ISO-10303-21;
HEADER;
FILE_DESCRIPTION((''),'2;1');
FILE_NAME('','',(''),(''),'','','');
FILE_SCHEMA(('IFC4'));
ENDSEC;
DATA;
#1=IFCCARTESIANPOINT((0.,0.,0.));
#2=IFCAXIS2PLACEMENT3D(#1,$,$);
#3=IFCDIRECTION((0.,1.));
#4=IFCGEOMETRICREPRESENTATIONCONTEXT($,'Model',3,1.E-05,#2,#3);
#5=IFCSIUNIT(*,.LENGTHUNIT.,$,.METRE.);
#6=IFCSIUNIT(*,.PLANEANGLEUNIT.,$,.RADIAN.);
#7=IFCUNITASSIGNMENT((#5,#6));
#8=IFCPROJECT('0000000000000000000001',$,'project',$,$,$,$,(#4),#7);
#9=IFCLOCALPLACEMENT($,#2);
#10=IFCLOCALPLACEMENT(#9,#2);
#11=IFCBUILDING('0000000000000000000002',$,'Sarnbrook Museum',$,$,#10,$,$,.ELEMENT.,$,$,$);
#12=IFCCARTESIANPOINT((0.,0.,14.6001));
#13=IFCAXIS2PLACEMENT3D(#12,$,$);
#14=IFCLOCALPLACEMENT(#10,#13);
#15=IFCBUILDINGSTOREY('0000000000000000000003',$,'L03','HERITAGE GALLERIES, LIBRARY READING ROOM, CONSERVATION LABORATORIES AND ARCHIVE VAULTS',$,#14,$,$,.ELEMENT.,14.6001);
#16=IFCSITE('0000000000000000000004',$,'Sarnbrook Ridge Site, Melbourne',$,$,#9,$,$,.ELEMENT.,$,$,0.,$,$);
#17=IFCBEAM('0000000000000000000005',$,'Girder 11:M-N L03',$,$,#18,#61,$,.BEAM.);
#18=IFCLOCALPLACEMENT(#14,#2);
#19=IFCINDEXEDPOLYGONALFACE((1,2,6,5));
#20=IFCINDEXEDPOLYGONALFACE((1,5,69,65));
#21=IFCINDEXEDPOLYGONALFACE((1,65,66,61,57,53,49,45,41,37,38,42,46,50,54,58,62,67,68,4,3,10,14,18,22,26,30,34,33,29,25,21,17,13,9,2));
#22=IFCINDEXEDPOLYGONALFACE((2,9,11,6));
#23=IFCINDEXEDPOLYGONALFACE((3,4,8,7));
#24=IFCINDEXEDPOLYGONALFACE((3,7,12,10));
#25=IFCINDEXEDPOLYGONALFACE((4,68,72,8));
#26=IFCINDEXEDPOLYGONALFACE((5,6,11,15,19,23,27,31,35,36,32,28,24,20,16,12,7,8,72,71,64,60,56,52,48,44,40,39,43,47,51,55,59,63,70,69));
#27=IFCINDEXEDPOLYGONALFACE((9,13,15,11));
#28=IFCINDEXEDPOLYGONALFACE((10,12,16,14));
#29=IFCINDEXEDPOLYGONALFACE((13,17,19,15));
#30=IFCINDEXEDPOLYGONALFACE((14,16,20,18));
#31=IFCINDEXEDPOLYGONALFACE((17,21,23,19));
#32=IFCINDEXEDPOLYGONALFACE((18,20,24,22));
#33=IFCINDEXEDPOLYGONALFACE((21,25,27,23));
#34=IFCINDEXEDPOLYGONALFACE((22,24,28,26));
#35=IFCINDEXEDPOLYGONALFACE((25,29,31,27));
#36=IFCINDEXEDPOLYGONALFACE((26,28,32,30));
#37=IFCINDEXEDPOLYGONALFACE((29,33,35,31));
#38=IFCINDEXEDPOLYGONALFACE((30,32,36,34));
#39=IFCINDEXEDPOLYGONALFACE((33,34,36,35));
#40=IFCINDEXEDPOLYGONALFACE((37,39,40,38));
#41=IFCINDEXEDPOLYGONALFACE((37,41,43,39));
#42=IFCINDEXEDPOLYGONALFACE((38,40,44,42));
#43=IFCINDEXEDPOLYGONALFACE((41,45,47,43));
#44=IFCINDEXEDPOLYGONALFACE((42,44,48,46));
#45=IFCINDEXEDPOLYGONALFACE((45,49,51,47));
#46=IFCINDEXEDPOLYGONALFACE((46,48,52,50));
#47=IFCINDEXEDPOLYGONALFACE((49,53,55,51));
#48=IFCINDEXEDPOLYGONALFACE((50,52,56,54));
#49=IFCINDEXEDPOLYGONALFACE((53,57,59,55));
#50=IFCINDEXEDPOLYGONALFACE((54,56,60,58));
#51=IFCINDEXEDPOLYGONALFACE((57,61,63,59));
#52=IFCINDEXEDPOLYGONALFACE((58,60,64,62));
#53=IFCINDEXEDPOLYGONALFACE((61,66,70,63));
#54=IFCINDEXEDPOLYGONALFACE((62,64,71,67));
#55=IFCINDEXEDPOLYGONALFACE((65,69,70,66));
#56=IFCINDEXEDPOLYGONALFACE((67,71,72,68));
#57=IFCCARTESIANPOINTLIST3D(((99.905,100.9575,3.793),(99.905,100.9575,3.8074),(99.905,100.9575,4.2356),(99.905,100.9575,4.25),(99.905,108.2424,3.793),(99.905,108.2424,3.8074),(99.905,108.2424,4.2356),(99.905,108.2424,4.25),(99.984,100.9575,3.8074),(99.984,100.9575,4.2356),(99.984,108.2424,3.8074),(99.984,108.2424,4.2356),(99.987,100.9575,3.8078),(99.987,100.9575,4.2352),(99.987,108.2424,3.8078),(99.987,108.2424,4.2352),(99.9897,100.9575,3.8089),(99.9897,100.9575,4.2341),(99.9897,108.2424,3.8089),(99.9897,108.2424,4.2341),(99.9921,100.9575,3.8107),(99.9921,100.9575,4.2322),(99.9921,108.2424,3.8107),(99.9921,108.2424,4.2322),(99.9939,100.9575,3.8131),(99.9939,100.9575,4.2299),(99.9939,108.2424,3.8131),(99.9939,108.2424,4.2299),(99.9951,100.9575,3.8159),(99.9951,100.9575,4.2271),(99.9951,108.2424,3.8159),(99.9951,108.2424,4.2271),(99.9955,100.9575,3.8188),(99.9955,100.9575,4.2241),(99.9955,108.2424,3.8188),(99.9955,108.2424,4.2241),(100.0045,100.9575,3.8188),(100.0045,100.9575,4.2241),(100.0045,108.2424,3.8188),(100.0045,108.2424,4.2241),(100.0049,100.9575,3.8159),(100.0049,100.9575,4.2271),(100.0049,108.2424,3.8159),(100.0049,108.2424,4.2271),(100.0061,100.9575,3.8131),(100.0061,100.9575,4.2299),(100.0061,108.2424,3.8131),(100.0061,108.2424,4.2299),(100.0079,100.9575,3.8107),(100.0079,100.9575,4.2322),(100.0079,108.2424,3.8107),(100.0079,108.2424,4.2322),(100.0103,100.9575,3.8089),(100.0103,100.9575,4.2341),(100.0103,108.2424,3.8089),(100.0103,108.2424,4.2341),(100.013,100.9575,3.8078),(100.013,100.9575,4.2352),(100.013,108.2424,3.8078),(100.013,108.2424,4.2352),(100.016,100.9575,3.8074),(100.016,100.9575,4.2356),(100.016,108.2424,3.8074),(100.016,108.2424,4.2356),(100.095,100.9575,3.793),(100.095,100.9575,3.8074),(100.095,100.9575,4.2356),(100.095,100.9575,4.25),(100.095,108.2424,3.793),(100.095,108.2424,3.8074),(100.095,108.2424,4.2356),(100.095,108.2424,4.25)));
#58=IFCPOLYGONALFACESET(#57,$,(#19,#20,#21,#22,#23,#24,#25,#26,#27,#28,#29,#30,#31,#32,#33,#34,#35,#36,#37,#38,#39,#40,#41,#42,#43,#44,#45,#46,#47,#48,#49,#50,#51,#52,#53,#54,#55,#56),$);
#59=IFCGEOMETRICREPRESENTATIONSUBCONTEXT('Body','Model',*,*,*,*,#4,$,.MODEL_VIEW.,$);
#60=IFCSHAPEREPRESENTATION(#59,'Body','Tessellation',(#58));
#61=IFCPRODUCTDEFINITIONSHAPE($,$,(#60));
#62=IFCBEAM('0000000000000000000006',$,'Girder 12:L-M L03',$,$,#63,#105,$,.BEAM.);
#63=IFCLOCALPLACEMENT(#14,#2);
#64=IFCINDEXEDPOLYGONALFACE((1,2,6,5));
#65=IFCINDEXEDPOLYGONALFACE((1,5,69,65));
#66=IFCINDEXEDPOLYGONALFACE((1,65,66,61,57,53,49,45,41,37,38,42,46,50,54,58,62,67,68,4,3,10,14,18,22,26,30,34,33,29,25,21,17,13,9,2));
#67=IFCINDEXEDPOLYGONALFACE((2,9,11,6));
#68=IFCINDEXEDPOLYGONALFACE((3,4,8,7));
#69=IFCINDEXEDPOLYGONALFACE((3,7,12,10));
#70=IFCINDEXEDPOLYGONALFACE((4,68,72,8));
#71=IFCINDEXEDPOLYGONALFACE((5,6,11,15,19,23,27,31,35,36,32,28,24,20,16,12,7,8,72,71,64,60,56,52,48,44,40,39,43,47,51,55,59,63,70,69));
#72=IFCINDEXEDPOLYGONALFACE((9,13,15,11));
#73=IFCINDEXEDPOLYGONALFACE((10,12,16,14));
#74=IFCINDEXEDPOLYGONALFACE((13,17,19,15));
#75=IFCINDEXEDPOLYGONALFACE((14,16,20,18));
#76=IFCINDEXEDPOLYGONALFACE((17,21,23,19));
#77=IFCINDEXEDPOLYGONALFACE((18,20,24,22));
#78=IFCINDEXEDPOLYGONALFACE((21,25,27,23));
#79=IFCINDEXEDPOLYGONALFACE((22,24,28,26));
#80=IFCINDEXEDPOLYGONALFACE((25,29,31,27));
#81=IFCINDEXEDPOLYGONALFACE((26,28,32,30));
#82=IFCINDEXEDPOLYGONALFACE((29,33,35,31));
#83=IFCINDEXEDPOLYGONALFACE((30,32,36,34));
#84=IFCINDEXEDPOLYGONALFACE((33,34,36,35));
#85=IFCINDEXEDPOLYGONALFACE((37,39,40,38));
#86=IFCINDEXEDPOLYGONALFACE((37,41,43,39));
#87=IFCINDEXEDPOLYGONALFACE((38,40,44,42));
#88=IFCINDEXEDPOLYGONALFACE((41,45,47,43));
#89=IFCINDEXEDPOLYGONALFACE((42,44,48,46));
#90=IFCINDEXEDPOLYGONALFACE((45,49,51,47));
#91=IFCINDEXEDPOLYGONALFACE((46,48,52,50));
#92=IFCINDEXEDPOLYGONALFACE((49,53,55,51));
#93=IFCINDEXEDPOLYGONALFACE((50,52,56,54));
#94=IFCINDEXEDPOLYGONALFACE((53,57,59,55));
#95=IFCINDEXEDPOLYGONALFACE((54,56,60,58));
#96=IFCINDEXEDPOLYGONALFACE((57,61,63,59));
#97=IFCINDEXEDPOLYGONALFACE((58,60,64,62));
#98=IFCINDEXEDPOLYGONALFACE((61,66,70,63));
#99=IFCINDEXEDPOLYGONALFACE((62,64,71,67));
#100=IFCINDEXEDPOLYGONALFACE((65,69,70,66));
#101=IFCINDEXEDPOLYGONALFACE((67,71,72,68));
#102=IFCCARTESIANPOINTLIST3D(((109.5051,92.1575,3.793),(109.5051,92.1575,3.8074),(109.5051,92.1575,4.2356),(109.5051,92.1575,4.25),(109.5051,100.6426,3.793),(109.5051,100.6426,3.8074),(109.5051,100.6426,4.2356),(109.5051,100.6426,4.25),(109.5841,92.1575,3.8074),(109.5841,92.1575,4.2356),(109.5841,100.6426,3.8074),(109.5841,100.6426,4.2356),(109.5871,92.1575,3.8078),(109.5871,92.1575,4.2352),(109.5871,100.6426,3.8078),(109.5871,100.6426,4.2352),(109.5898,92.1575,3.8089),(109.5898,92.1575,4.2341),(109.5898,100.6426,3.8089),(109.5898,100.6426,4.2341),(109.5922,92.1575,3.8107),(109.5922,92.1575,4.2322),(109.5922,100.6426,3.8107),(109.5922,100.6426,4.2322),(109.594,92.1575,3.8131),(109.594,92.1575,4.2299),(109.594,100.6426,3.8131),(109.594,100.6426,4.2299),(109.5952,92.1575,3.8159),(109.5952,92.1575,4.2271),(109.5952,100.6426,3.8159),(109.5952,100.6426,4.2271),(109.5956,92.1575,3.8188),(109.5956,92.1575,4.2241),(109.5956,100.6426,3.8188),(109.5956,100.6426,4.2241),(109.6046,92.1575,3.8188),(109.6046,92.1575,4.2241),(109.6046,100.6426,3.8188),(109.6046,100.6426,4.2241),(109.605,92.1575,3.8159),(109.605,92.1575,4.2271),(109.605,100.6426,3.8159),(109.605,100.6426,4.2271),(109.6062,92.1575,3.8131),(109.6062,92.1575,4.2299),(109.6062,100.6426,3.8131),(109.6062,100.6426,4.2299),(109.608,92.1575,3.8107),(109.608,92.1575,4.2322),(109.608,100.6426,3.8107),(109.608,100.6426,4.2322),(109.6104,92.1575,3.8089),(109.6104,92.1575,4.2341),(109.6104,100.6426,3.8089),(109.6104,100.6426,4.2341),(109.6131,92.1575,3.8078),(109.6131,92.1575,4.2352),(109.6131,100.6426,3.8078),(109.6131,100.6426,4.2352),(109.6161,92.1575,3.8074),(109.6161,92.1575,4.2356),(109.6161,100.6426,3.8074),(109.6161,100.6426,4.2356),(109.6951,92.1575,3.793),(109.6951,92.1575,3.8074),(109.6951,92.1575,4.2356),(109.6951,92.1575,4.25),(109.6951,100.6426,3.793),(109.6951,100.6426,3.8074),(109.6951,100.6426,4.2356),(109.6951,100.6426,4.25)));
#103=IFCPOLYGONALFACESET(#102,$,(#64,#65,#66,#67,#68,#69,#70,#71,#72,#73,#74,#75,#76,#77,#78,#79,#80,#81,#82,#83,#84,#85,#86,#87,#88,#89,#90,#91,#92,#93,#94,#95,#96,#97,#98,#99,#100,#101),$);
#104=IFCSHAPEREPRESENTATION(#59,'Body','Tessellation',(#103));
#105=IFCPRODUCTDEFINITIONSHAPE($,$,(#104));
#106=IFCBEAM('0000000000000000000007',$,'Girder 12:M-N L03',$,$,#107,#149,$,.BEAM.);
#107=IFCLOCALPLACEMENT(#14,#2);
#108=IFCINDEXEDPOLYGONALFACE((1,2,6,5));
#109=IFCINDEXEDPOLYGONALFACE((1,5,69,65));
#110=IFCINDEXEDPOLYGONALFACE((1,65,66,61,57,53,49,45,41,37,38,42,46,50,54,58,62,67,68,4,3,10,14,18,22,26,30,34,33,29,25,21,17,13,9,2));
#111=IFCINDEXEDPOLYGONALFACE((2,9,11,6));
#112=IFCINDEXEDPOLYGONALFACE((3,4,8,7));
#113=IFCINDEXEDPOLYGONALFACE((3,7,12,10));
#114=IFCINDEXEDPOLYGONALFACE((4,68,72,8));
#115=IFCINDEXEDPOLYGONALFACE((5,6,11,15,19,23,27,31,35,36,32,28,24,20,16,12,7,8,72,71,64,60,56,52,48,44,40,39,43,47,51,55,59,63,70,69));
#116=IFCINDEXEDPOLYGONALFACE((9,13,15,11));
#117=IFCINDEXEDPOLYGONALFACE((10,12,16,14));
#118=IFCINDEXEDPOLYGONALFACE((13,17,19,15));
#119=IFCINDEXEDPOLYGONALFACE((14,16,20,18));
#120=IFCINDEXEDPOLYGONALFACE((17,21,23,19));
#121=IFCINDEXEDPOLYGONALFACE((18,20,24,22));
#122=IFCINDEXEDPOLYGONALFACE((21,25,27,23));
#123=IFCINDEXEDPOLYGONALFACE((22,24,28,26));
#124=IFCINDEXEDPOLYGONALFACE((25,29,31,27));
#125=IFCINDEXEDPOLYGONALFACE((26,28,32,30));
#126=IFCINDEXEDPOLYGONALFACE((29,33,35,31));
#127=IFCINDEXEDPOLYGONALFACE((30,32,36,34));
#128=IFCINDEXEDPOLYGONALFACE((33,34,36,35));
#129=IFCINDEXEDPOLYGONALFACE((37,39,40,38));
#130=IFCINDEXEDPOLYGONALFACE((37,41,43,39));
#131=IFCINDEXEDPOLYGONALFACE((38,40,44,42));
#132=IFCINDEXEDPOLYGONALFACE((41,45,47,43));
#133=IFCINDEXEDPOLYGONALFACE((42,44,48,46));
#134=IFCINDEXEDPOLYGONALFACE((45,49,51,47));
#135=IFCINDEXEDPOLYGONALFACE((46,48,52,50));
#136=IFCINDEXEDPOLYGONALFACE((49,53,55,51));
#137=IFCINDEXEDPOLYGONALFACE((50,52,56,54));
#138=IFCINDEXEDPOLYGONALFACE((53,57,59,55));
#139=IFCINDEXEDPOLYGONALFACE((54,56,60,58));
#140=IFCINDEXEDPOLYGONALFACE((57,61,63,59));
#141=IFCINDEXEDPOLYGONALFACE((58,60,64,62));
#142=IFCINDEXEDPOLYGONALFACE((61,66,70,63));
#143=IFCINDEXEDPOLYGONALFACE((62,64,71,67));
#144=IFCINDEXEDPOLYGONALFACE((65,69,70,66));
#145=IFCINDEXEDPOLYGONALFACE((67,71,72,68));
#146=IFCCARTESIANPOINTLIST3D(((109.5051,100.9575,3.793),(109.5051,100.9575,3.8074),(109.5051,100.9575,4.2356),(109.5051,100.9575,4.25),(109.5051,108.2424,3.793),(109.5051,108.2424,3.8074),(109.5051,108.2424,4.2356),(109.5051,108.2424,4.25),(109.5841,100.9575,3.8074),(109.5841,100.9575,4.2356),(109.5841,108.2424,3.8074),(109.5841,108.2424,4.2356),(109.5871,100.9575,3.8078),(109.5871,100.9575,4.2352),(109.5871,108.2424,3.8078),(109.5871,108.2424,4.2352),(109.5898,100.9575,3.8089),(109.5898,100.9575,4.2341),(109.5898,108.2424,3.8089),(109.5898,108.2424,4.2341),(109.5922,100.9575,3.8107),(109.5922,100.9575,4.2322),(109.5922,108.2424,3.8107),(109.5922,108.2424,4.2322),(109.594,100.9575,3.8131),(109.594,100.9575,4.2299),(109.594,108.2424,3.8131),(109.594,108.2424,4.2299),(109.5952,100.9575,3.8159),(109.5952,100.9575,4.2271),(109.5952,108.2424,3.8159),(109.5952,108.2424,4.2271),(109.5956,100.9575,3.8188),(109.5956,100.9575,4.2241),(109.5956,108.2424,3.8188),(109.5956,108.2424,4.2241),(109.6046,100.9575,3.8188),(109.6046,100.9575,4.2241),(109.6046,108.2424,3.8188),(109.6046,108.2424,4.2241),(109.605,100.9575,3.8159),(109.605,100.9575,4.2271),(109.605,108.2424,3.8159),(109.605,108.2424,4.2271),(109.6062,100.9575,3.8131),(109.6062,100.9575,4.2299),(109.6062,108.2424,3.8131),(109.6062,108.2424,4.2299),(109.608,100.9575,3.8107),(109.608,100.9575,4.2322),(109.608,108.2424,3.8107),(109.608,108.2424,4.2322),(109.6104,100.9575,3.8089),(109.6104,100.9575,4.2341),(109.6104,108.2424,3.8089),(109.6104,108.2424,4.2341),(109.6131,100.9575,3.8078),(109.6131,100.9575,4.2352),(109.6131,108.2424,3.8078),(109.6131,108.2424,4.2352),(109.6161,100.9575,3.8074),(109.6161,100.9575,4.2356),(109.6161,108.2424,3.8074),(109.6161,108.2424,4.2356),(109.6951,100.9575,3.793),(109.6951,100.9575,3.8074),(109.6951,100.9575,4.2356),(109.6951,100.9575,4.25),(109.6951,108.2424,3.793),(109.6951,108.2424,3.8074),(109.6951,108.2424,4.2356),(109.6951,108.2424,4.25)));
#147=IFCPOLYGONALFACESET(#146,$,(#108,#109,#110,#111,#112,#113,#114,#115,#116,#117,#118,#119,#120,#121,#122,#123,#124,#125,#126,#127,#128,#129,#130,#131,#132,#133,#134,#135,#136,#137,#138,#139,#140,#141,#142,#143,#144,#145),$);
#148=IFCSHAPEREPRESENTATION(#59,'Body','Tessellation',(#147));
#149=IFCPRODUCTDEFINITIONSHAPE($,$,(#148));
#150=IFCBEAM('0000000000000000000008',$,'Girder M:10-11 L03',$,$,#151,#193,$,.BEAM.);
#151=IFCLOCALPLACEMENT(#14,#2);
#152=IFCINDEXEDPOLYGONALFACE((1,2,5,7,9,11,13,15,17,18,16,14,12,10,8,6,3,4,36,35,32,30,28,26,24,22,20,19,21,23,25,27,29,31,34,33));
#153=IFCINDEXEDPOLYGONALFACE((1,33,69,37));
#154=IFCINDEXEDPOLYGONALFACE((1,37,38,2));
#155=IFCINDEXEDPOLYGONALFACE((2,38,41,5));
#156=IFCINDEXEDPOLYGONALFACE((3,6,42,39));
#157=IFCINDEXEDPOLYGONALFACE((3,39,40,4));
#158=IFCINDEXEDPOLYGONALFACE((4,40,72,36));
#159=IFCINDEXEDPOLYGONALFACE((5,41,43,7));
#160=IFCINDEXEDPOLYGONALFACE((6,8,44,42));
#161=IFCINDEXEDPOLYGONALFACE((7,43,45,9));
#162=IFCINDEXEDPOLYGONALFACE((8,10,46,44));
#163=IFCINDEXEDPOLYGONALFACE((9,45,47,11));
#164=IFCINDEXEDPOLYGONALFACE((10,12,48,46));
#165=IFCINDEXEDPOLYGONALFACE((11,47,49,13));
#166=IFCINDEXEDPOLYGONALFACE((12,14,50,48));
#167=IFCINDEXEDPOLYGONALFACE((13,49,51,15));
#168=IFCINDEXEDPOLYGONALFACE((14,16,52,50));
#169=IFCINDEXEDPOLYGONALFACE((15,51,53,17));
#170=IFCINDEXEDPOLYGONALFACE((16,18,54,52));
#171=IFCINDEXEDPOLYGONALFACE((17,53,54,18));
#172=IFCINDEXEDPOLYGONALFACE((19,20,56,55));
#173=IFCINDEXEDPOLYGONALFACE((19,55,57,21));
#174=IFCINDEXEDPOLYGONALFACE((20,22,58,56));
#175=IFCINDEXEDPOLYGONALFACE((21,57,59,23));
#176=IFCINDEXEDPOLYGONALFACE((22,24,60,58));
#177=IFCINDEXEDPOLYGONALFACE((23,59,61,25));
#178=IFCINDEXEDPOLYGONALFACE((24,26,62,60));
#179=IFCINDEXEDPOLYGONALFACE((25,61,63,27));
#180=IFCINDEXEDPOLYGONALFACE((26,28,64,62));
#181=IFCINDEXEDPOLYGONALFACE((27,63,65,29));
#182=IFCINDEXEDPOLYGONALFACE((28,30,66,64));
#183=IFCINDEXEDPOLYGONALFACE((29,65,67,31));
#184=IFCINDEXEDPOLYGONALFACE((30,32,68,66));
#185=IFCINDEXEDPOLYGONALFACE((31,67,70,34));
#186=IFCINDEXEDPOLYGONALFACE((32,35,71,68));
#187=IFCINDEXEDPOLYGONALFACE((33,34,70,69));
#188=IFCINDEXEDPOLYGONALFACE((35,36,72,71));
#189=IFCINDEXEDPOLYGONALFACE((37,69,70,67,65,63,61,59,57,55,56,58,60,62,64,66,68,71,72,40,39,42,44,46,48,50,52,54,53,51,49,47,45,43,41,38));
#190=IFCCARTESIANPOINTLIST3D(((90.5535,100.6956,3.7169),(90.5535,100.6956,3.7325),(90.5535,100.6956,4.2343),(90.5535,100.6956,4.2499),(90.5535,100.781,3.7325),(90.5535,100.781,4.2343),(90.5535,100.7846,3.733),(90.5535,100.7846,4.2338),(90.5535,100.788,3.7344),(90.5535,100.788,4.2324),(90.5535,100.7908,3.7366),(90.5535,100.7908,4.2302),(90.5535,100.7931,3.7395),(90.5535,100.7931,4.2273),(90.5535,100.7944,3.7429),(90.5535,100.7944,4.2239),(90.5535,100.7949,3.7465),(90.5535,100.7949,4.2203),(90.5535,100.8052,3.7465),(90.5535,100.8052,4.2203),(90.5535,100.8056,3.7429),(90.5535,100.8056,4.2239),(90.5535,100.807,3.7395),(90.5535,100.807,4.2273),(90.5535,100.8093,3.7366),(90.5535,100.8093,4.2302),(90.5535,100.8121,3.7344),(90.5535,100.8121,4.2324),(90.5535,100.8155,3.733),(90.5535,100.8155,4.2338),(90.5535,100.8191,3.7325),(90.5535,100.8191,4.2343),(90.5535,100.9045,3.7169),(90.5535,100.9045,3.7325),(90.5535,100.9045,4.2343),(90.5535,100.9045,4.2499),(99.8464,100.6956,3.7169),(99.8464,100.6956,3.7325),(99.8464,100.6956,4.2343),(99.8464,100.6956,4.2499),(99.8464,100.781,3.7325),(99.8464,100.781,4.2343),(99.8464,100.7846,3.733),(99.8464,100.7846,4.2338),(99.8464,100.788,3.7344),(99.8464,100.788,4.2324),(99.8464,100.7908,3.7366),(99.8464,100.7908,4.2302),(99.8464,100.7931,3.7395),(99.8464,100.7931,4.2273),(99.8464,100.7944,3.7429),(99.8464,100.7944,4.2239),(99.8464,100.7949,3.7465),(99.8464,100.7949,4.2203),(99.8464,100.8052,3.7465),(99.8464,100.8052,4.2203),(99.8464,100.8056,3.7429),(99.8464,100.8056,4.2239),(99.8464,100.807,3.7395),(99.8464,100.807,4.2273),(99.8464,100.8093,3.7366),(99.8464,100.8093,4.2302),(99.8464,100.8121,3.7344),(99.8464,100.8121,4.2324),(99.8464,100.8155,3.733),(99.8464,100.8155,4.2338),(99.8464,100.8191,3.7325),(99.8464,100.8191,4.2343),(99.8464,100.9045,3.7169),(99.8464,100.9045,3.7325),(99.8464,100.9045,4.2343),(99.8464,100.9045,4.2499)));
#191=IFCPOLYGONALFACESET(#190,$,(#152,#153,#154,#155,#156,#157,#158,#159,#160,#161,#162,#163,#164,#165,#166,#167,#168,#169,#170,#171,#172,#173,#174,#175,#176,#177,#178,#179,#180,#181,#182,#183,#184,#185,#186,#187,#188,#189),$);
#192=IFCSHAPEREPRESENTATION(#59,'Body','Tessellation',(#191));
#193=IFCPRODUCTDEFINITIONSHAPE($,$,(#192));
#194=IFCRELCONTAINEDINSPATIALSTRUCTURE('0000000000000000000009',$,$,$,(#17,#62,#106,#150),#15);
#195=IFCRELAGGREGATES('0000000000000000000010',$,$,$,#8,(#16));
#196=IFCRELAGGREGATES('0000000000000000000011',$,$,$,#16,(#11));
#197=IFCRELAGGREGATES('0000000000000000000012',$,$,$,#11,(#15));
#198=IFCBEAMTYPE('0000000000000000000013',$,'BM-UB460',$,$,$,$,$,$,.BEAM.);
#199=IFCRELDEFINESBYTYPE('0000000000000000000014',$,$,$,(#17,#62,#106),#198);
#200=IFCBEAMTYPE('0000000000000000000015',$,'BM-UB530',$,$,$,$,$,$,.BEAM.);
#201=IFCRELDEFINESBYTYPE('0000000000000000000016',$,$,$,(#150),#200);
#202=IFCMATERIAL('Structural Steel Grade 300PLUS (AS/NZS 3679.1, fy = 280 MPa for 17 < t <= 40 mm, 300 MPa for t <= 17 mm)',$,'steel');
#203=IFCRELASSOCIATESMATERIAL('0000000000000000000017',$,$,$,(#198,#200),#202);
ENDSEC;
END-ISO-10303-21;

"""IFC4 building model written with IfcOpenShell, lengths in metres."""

from ifc_helpers import new_model, si_unit, direction, frame, origin, origin_2d, place, context, subcontext, project, spatial, i_section, extrude, material, material_profile, profile_set, type_object, element, save


model = new_model("IFC4")

# Units and contexts
model_context = context("Model", 3, precision=1e-05, world=origin(), true_north=direction((0.0, 1.0)))
body_context = subcontext(model_context, "Body", "Model", "MODEL_VIEW")
ifc_project = project(units=[si_unit("LENGTHUNIT", "METRE"), si_unit("PLANEANGLEUNIT", "RADIAN")], contexts=[model_context])

# Site, building, storey
site_placement = place(None, origin())
site = spatial("IfcSite", under=ifc_project, at=site_placement, Name="Sarnbrook Ridge Site, Melbourne", CompositionType="ELEMENT", RefElevation=0.0)
building_placement = place(site_placement, origin())
building = spatial("IfcBuilding", under=site, at=building_placement, Name="Sarnbrook Museum", CompositionType="ELEMENT")
storey_placement = place(building_placement, frame((0.0, 0.0, 14.6001)))
storey = spatial("IfcBuildingStorey", under=building, at=storey_placement, Name="L03", Description="HERITAGE GALLERIES, LIBRARY READING ROOM, CONSERVATION LABORATORIES AND ARCHIVE VAULTS", CompositionType="ELEMENT", Elevation=14.6001)

# Shared definitions
ifc_material_1 = material(Name="Structural Steel Grade 300PLUS (AS/NZS 3679.1, fy = 280 MPa for 17 < t <= 40 mm, 300 MPa for t <= 17 mm)", Category="steel")

# Beams
ifc_material_profile_1 = material_profile(ifc_material_1, i_section(OverallWidth=0.1899, OverallDepth=0.457, WebThickness=0.009, FlangeThickness=0.0144, FilletRadius=0.0115, at=origin_2d()), Name="460UB74.6")
ifc_profile_set_1 = profile_set([ifc_material_profile_1], Name="Structural Steel Grade 300PLUS (AS/NZS 3679.1, fy = 280 MPa for 17 < t <= 40 mm, 300 MPa for t <= 17 mm)")
beam_type_1 = type_object("IfcBeamType", Name="BM-UB460", PredefinedType="BEAM", material=ifc_profile_set_1)
for number, where, z_axis, x_axis, name in (
    (1, (100.0, 100.9575, 4.0215), (0.0, 1.0, 0.0), (-1.0, 0.0, 0.0), "Girder 11:M-N L03"),
):
    element("IfcBeam", number, at=place(storey_placement, frame(where, z_axis=z_axis, x_axis=x_axis)), inside=storey, type_object=beam_type_1, Name=name, PredefinedType="BEAM", context=body_context, shape_type="SweptSolid", body=[
        extrude(i_section(OverallWidth=0.1899, OverallDepth=0.457, WebThickness=0.009, FlangeThickness=0.0144, FilletRadius=0.0115, at=origin_2d()), origin(), (0.0, 0.0, 1.0), 7.2849),
    ])
beam_1_placement = place(storey_placement, frame((109.6001, 92.1575, 4.0215), z_axis=(0.0, 1.0, 0.0), x_axis=(-1.0, 0.0, 0.0)))
element("IfcBeam", 2, at=beam_1_placement, inside=storey, type_object=beam_type_1, Name="Girder 12:L-M L03", PredefinedType="BEAM", context=body_context, shape_type="SweptSolid", body=[
    extrude(i_section(OverallWidth=0.1899, OverallDepth=0.457, WebThickness=0.009, FlangeThickness=0.0144, FilletRadius=0.0115, at=origin_2d()), origin(), (0.0, 0.0, 1.0), 8.4851),
])
beam_2_placement = place(storey_placement, frame((109.6001, 100.9575, 4.0215), z_axis=(0.0, 1.0, 0.0), x_axis=(-1.0, 0.0, 0.0)))
element("IfcBeam", 3, at=beam_2_placement, inside=storey, type_object=beam_type_1, Name="Girder 12:M-N L03", PredefinedType="BEAM", context=body_context, shape_type="SweptSolid", body=[
    extrude(i_section(OverallWidth=0.1899, OverallDepth=0.457, WebThickness=0.009, FlangeThickness=0.0144, FilletRadius=0.0115, at=origin_2d()), origin(), (0.0, 0.0, 1.0), 7.2849),
])
ifc_material_profile_2 = material_profile(ifc_material_1, i_section(OverallWidth=0.209, OverallDepth=0.533, WebThickness=0.0103, FlangeThickness=0.0156, FilletRadius=0.0139, at=origin_2d()), Name="530UB92.4")
ifc_profile_set_2 = profile_set([ifc_material_profile_2], Name="Structural Steel Grade 300PLUS (AS/NZS 3679.1, fy = 280 MPa for 17 < t <= 40 mm, 300 MPa for t <= 17 mm)")
beam_type_2 = type_object("IfcBeamType", Name="BM-UB530", PredefinedType="BEAM", material=ifc_profile_set_2)
for number, where, z_axis, x_axis, name in (
    (4, (90.5535, 100.8, 3.9834), (1.0, 0.0, 0.0), (0.0, 1.0, 0.0), "Girder M:10-11 L03"),
):
    element("IfcBeam", number, at=place(storey_placement, frame(where, z_axis=z_axis, x_axis=x_axis)), inside=storey, type_object=beam_type_2, Name=name, PredefinedType="BEAM", context=body_context, shape_type="SweptSolid", body=[
        extrude(i_section(OverallWidth=0.209, OverallDepth=0.533, WebThickness=0.0103, FlangeThickness=0.0156, FilletRadius=0.0139, at=origin_2d()), origin(), (0.0, 0.0, 1.0), 9.293),
    ])

save(model, "model.ifc")
